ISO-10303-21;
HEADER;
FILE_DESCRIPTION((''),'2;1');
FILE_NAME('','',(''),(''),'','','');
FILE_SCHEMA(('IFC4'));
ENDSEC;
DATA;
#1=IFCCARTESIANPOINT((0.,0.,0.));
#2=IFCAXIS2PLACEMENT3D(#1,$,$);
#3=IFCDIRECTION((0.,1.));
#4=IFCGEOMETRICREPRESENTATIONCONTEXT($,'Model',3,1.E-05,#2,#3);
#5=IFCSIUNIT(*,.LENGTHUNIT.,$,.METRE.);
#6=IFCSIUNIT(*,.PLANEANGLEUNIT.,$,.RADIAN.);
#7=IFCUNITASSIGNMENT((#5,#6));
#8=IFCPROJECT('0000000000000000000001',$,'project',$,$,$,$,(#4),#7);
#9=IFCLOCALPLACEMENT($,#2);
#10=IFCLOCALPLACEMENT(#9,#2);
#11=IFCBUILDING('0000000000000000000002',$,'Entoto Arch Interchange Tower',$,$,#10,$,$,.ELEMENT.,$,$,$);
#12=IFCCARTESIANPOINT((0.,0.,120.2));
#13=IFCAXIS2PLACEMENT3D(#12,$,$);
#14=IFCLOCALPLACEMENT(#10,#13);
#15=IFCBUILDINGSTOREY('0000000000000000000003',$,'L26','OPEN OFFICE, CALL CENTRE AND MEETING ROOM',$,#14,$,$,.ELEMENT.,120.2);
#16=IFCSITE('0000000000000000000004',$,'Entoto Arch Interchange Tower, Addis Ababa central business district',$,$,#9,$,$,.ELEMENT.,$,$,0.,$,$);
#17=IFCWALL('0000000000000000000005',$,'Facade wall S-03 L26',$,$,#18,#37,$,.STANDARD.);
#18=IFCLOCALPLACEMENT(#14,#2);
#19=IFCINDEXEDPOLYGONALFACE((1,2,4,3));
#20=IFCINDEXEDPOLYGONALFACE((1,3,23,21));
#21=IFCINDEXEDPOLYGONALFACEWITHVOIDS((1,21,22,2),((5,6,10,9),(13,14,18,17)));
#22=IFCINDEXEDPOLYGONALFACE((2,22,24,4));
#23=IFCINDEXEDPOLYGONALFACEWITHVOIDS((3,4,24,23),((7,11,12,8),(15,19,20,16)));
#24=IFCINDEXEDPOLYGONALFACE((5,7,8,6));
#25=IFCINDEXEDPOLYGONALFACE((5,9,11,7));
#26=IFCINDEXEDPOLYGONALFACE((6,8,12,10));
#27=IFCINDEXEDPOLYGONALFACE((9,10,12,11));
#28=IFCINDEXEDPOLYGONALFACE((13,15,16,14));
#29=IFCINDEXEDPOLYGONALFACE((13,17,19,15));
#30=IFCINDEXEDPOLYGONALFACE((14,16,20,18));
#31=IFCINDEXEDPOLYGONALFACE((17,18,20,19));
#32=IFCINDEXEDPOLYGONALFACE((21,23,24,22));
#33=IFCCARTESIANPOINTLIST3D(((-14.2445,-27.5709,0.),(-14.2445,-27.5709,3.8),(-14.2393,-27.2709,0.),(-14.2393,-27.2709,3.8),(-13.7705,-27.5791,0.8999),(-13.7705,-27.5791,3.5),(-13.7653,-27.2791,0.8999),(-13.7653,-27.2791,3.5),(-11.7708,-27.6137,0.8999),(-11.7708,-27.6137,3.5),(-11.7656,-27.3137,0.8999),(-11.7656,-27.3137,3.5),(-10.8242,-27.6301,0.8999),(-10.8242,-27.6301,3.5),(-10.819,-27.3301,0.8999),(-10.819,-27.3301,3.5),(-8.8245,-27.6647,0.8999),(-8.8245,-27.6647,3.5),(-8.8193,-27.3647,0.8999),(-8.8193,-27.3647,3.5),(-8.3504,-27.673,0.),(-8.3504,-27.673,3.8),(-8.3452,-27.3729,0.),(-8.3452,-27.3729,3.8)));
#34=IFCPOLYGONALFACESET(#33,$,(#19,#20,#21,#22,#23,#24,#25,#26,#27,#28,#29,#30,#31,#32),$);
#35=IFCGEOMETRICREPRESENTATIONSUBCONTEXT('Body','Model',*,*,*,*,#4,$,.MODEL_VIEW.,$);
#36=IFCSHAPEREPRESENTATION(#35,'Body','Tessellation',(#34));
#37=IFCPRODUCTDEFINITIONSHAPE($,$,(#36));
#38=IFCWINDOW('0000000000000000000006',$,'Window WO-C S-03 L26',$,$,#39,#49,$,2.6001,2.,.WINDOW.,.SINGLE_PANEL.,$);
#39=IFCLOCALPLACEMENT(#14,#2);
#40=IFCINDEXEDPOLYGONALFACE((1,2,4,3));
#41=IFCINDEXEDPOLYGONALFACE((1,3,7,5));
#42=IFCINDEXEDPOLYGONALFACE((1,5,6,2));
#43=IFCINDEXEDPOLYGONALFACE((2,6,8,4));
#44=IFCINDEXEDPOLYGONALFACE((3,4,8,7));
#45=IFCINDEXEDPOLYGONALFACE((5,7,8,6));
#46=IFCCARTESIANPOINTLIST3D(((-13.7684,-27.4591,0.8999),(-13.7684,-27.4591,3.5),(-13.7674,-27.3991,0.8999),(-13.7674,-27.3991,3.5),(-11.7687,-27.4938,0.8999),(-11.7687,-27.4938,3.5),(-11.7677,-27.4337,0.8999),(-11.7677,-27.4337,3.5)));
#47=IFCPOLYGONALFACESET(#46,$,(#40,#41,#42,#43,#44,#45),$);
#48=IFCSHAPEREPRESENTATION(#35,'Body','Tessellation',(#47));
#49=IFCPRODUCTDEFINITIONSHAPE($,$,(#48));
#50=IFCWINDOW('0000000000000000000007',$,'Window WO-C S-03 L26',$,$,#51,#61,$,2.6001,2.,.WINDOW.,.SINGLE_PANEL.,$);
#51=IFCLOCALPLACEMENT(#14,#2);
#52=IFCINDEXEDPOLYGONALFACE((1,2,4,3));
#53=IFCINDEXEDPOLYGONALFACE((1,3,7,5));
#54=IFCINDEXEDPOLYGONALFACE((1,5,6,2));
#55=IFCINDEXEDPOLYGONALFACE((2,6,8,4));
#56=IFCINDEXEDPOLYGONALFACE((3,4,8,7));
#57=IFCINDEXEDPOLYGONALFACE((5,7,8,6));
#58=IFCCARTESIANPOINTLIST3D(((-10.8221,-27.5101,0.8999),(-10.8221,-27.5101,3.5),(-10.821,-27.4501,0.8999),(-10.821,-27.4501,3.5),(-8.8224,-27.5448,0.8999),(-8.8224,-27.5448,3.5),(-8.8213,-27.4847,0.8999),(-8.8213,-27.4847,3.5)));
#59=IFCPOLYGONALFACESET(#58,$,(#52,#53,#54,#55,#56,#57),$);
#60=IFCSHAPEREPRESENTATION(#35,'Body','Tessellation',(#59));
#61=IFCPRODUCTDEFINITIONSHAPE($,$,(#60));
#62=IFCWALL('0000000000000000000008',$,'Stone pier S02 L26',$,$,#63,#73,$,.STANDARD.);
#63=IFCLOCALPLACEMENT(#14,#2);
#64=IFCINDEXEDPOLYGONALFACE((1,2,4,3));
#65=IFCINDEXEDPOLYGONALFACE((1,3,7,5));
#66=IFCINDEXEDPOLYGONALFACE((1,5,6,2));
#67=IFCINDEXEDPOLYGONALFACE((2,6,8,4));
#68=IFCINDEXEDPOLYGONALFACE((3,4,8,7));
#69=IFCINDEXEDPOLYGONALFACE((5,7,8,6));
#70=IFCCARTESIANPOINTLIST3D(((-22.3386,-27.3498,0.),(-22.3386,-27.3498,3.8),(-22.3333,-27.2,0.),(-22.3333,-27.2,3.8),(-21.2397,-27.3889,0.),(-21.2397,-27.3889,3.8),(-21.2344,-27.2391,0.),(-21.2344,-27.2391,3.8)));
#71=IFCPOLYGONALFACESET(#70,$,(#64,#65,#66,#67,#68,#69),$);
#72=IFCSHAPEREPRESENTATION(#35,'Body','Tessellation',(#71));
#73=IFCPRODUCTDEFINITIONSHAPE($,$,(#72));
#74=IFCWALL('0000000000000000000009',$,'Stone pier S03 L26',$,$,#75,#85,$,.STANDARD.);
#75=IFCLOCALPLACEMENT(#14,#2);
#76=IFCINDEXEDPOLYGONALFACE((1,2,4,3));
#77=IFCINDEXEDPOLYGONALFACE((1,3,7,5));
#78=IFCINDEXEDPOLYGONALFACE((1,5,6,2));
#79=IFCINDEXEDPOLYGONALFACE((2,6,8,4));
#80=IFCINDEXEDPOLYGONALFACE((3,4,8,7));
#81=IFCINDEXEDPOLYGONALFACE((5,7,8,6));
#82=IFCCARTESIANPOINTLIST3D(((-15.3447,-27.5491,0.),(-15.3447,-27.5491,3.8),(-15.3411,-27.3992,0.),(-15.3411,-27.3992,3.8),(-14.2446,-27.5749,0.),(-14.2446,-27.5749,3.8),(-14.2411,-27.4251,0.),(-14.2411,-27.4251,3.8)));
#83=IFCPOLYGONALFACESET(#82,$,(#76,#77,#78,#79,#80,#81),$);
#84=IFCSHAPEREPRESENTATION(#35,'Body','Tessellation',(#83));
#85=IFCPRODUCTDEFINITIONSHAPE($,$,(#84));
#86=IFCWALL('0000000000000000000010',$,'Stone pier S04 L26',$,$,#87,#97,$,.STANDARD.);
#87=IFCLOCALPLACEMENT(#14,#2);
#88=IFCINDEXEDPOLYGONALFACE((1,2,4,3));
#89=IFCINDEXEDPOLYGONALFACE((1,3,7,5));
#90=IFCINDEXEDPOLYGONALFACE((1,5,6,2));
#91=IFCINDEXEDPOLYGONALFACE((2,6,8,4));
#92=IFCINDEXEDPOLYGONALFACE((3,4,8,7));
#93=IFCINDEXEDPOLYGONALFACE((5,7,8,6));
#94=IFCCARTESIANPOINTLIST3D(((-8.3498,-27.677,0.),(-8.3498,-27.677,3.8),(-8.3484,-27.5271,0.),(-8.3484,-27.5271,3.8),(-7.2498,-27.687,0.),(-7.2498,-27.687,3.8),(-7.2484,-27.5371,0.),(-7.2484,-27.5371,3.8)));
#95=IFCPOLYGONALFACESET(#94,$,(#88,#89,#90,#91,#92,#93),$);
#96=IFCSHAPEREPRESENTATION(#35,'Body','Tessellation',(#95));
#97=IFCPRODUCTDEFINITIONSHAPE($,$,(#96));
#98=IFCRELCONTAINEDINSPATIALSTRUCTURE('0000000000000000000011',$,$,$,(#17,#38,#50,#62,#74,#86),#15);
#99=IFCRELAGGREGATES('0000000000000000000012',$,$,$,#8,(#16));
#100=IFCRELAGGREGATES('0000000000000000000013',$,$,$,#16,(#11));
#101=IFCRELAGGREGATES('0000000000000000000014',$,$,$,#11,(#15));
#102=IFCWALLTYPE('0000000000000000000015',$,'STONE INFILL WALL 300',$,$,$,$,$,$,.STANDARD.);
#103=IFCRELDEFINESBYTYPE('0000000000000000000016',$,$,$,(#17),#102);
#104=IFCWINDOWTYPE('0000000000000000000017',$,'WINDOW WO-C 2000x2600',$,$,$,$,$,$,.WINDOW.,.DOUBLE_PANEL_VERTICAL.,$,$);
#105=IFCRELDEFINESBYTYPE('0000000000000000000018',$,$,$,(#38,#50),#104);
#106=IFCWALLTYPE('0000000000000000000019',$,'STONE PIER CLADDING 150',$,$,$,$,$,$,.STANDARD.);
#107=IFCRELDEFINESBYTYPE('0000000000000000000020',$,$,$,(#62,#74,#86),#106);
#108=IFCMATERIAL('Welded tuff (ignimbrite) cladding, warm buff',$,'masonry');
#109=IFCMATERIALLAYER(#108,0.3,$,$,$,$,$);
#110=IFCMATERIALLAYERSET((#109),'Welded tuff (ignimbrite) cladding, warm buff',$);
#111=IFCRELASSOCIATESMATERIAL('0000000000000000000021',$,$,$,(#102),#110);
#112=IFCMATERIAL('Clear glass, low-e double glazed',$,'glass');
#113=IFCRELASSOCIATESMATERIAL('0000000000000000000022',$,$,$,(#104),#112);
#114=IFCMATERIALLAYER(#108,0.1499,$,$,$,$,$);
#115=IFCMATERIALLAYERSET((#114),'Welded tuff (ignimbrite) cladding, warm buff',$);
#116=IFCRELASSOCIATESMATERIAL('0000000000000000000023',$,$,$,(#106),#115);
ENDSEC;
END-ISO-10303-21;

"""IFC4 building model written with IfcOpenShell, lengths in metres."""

from ifc_helpers import new_model, si_unit, direction, frame, frame_2d, origin, place, context, subcontext, project, spatial, rectangle, extrude, material, layer, layer_set, type_object, element, fill, save


model = new_model("IFC4")

# Units and contexts
model_context = context("Model", 3, precision=1e-05, world=origin(), true_north=direction((0.0, 1.0)))
body_context = subcontext(model_context, "Body", "Model", "MODEL_VIEW")
ifc_project = project(units=[si_unit("LENGTHUNIT", "METRE"), si_unit("PLANEANGLEUNIT", "RADIAN")], contexts=[model_context])

# Site, building, storey
site_placement = place(None, origin())
site = spatial("IfcSite", under=ifc_project, at=site_placement, Name="Entoto Arch Interchange Tower, Addis Ababa central business district", CompositionType="ELEMENT", RefElevation=0.0)
building_placement = place(site_placement, origin())
building = spatial("IfcBuilding", under=site, at=building_placement, Name="Entoto Arch Interchange Tower", CompositionType="ELEMENT")
storey_placement = place(building_placement, frame((0.0, 0.0, 120.2)))
storey = spatial("IfcBuildingStorey", under=building, at=storey_placement, Name="L26", Description="OPEN OFFICE, CALL CENTRE AND MEETING ROOM", CompositionType="ELEMENT", Elevation=120.2)

# Wall, openings, windows
ifc_material_1 = material(Name="Welded tuff (ignimbrite) cladding, warm buff", Category="masonry")
ifc_layer_1 = layer(ifc_material_1, 0.3)
ifc_layer_set_1 = layer_set([ifc_layer_1], Name="Welded tuff (ignimbrite) cladding, warm buff")
wall_type_1 = type_object("IfcWallType", Name="STONE INFILL WALL 300", PredefinedType="STANDARD", material=ifc_layer_set_1)
ifc_material_2 = material(Name="Clear glass, low-e double glazed", Category="glass")
window_type = type_object("IfcWindowType", Name="WINDOW WO-C 2000x2600", PartitioningType="DOUBLE_PANEL_VERTICAL", PredefinedType="WINDOW", material=ifc_material_2)
wall_1_placement = place(storey_placement, frame((-14.2419, -27.4209, 0.0), z_axis=(0.0, 0.0, 1.0), x_axis=(0.99985, -0.017312, 0.0)))
wall_1 = element("IfcWall", 1, at=wall_1_placement, inside=storey, type_object=wall_type_1, Name="Facade wall S-03 L26", PredefinedType="STANDARD", context=body_context, shape_type="SweptSolid", body=[
    extrude(rectangle(XDim=5.895, YDim=0.3, at=frame_2d((2.9475, 0.0))), origin(), (0.0, 0.0, 1.0), 3.8),
])
opening_1_placement = place(wall_1_placement, frame((0.4741, 0.0, 0.8999)))
opening_1 = element("IfcOpeningElement", 2, at=opening_1_placement, cuts=wall_1, PredefinedType="OPENING", context=body_context, shape_type="SweptSolid", body=[
    extrude(rectangle(XDim=2.0, YDim=2.6001, at=frame_2d((1.0, 1.3))), frame((0.0, 0.1602, 0.0), z_axis=(0.0, -1.0, 0.0), x_axis=(1.0, 0.0, 0.0)), (0.0, 0.0, 1.0), 0.3201),
])
opening_2_placement = place(wall_1_placement, frame((3.4209, 0.0, 0.8999)))
opening_2 = element("IfcOpeningElement", 3, at=opening_2_placement, cuts=wall_1, PredefinedType="OPENING", context=body_context, shape_type="SweptSolid", body=[
    extrude(rectangle(XDim=2.0, YDim=2.6001, at=frame_2d((1.0, 1.3))), frame((0.0, 0.1602, 0.0), z_axis=(0.0, -1.0, 0.0), x_axis=(1.0, 0.0, 0.0)), (0.0, 0.0, 1.0), 0.3201),
])
window_1_placement = place(opening_1_placement, origin())
window_1 = element("IfcWindow", 4, at=window_1_placement, inside=storey, type_object=window_type, Name="Window WO-C S-03 L26", OverallHeight=2.6001, OverallWidth=2.0, PartitioningType="SINGLE_PANEL", PredefinedType="WINDOW", context=body_context, shape_type="SweptSolid", body=[
    extrude(rectangle(XDim=2.0, YDim=2.6001, at=frame_2d((1.0, 1.3))), frame((0.0, 0.03, 0.0), z_axis=(0.0, -1.0, 0.0), x_axis=(1.0, 0.0, 0.0)), (0.0, 0.0, 1.0), 0.0601),
])
fill(opening_1, window_1)
window_2_placement = place(opening_2_placement, origin())
window_2 = element("IfcWindow", 5, at=window_2_placement, inside=storey, type_object=window_type, Name="Window WO-C S-03 L26", OverallHeight=2.6001, OverallWidth=2.0, PartitioningType="SINGLE_PANEL", PredefinedType="WINDOW", context=body_context, shape_type="SweptSolid", body=[
    extrude(rectangle(XDim=2.0, YDim=2.6001, at=frame_2d((1.0, 1.3))), frame((0.0, 0.03, 0.0), z_axis=(0.0, -1.0, 0.0), x_axis=(1.0, 0.0, 0.0)), (0.0, 0.0, 1.0), 0.0601),
])
fill(opening_2, window_2)

# Walls
ifc_layer_2 = layer(ifc_material_1, 0.1499)
ifc_layer_set_2 = layer_set([ifc_layer_2], Name="Welded tuff (ignimbrite) cladding, warm buff")
wall_type_2 = type_object("IfcWallType", Name="STONE PIER CLADDING 150", PredefinedType="STANDARD", material=ifc_layer_set_2)
wall_2_placement = place(storey_placement, frame((-22.3359, -27.2749, 0.0), z_axis=(0.0, 0.0, 1.0), x_axis=(0.999369, -0.035525, 0.0)))
element("IfcWall", 6, at=wall_2_placement, inside=storey, type_object=wall_type_2, Name="Stone pier S02 L26", PredefinedType="STANDARD", context=body_context, shape_type="SweptSolid", body=[
    extrude(rectangle(XDim=1.0996, YDim=0.1499, at=frame_2d((0.5498, 0.0))), origin(), (0.0, 0.0, 1.0), 3.8),
])
wall_3_placement = place(storey_placement, frame((-15.343, -27.4741, 0.0), z_axis=(0.0, 0.0, 1.0), x_axis=(0.999723, -0.023518, 0.0)))
element("IfcWall", 7, at=wall_3_placement, inside=storey, type_object=wall_type_2, Name="Stone pier S03 L26", PredefinedType="STANDARD", context=body_context, shape_type="SweptSolid", body=[
    extrude(rectangle(XDim=1.1003, YDim=0.1499, at=frame_2d((0.5503, 0.0))), origin(), (0.0, 0.0, 1.0), 3.8),
])
wall_4_placement = place(storey_placement, frame((-8.3491, -27.6021, 0.0), z_axis=(0.0, 0.0, 1.0), x_axis=(0.999959, -0.009099, 0.0)))
element("IfcWall", 8, at=wall_4_placement, inside=storey, type_object=wall_type_2, Name="Stone pier S04 L26", PredefinedType="STANDARD", context=body_context, shape_type="SweptSolid", body=[
    extrude(rectangle(XDim=1.1001, YDim=0.1499, at=frame_2d((0.55, 0.0))), origin(), (0.0, 0.0, 1.0), 3.8),
])

save(model, "model.ifc")
